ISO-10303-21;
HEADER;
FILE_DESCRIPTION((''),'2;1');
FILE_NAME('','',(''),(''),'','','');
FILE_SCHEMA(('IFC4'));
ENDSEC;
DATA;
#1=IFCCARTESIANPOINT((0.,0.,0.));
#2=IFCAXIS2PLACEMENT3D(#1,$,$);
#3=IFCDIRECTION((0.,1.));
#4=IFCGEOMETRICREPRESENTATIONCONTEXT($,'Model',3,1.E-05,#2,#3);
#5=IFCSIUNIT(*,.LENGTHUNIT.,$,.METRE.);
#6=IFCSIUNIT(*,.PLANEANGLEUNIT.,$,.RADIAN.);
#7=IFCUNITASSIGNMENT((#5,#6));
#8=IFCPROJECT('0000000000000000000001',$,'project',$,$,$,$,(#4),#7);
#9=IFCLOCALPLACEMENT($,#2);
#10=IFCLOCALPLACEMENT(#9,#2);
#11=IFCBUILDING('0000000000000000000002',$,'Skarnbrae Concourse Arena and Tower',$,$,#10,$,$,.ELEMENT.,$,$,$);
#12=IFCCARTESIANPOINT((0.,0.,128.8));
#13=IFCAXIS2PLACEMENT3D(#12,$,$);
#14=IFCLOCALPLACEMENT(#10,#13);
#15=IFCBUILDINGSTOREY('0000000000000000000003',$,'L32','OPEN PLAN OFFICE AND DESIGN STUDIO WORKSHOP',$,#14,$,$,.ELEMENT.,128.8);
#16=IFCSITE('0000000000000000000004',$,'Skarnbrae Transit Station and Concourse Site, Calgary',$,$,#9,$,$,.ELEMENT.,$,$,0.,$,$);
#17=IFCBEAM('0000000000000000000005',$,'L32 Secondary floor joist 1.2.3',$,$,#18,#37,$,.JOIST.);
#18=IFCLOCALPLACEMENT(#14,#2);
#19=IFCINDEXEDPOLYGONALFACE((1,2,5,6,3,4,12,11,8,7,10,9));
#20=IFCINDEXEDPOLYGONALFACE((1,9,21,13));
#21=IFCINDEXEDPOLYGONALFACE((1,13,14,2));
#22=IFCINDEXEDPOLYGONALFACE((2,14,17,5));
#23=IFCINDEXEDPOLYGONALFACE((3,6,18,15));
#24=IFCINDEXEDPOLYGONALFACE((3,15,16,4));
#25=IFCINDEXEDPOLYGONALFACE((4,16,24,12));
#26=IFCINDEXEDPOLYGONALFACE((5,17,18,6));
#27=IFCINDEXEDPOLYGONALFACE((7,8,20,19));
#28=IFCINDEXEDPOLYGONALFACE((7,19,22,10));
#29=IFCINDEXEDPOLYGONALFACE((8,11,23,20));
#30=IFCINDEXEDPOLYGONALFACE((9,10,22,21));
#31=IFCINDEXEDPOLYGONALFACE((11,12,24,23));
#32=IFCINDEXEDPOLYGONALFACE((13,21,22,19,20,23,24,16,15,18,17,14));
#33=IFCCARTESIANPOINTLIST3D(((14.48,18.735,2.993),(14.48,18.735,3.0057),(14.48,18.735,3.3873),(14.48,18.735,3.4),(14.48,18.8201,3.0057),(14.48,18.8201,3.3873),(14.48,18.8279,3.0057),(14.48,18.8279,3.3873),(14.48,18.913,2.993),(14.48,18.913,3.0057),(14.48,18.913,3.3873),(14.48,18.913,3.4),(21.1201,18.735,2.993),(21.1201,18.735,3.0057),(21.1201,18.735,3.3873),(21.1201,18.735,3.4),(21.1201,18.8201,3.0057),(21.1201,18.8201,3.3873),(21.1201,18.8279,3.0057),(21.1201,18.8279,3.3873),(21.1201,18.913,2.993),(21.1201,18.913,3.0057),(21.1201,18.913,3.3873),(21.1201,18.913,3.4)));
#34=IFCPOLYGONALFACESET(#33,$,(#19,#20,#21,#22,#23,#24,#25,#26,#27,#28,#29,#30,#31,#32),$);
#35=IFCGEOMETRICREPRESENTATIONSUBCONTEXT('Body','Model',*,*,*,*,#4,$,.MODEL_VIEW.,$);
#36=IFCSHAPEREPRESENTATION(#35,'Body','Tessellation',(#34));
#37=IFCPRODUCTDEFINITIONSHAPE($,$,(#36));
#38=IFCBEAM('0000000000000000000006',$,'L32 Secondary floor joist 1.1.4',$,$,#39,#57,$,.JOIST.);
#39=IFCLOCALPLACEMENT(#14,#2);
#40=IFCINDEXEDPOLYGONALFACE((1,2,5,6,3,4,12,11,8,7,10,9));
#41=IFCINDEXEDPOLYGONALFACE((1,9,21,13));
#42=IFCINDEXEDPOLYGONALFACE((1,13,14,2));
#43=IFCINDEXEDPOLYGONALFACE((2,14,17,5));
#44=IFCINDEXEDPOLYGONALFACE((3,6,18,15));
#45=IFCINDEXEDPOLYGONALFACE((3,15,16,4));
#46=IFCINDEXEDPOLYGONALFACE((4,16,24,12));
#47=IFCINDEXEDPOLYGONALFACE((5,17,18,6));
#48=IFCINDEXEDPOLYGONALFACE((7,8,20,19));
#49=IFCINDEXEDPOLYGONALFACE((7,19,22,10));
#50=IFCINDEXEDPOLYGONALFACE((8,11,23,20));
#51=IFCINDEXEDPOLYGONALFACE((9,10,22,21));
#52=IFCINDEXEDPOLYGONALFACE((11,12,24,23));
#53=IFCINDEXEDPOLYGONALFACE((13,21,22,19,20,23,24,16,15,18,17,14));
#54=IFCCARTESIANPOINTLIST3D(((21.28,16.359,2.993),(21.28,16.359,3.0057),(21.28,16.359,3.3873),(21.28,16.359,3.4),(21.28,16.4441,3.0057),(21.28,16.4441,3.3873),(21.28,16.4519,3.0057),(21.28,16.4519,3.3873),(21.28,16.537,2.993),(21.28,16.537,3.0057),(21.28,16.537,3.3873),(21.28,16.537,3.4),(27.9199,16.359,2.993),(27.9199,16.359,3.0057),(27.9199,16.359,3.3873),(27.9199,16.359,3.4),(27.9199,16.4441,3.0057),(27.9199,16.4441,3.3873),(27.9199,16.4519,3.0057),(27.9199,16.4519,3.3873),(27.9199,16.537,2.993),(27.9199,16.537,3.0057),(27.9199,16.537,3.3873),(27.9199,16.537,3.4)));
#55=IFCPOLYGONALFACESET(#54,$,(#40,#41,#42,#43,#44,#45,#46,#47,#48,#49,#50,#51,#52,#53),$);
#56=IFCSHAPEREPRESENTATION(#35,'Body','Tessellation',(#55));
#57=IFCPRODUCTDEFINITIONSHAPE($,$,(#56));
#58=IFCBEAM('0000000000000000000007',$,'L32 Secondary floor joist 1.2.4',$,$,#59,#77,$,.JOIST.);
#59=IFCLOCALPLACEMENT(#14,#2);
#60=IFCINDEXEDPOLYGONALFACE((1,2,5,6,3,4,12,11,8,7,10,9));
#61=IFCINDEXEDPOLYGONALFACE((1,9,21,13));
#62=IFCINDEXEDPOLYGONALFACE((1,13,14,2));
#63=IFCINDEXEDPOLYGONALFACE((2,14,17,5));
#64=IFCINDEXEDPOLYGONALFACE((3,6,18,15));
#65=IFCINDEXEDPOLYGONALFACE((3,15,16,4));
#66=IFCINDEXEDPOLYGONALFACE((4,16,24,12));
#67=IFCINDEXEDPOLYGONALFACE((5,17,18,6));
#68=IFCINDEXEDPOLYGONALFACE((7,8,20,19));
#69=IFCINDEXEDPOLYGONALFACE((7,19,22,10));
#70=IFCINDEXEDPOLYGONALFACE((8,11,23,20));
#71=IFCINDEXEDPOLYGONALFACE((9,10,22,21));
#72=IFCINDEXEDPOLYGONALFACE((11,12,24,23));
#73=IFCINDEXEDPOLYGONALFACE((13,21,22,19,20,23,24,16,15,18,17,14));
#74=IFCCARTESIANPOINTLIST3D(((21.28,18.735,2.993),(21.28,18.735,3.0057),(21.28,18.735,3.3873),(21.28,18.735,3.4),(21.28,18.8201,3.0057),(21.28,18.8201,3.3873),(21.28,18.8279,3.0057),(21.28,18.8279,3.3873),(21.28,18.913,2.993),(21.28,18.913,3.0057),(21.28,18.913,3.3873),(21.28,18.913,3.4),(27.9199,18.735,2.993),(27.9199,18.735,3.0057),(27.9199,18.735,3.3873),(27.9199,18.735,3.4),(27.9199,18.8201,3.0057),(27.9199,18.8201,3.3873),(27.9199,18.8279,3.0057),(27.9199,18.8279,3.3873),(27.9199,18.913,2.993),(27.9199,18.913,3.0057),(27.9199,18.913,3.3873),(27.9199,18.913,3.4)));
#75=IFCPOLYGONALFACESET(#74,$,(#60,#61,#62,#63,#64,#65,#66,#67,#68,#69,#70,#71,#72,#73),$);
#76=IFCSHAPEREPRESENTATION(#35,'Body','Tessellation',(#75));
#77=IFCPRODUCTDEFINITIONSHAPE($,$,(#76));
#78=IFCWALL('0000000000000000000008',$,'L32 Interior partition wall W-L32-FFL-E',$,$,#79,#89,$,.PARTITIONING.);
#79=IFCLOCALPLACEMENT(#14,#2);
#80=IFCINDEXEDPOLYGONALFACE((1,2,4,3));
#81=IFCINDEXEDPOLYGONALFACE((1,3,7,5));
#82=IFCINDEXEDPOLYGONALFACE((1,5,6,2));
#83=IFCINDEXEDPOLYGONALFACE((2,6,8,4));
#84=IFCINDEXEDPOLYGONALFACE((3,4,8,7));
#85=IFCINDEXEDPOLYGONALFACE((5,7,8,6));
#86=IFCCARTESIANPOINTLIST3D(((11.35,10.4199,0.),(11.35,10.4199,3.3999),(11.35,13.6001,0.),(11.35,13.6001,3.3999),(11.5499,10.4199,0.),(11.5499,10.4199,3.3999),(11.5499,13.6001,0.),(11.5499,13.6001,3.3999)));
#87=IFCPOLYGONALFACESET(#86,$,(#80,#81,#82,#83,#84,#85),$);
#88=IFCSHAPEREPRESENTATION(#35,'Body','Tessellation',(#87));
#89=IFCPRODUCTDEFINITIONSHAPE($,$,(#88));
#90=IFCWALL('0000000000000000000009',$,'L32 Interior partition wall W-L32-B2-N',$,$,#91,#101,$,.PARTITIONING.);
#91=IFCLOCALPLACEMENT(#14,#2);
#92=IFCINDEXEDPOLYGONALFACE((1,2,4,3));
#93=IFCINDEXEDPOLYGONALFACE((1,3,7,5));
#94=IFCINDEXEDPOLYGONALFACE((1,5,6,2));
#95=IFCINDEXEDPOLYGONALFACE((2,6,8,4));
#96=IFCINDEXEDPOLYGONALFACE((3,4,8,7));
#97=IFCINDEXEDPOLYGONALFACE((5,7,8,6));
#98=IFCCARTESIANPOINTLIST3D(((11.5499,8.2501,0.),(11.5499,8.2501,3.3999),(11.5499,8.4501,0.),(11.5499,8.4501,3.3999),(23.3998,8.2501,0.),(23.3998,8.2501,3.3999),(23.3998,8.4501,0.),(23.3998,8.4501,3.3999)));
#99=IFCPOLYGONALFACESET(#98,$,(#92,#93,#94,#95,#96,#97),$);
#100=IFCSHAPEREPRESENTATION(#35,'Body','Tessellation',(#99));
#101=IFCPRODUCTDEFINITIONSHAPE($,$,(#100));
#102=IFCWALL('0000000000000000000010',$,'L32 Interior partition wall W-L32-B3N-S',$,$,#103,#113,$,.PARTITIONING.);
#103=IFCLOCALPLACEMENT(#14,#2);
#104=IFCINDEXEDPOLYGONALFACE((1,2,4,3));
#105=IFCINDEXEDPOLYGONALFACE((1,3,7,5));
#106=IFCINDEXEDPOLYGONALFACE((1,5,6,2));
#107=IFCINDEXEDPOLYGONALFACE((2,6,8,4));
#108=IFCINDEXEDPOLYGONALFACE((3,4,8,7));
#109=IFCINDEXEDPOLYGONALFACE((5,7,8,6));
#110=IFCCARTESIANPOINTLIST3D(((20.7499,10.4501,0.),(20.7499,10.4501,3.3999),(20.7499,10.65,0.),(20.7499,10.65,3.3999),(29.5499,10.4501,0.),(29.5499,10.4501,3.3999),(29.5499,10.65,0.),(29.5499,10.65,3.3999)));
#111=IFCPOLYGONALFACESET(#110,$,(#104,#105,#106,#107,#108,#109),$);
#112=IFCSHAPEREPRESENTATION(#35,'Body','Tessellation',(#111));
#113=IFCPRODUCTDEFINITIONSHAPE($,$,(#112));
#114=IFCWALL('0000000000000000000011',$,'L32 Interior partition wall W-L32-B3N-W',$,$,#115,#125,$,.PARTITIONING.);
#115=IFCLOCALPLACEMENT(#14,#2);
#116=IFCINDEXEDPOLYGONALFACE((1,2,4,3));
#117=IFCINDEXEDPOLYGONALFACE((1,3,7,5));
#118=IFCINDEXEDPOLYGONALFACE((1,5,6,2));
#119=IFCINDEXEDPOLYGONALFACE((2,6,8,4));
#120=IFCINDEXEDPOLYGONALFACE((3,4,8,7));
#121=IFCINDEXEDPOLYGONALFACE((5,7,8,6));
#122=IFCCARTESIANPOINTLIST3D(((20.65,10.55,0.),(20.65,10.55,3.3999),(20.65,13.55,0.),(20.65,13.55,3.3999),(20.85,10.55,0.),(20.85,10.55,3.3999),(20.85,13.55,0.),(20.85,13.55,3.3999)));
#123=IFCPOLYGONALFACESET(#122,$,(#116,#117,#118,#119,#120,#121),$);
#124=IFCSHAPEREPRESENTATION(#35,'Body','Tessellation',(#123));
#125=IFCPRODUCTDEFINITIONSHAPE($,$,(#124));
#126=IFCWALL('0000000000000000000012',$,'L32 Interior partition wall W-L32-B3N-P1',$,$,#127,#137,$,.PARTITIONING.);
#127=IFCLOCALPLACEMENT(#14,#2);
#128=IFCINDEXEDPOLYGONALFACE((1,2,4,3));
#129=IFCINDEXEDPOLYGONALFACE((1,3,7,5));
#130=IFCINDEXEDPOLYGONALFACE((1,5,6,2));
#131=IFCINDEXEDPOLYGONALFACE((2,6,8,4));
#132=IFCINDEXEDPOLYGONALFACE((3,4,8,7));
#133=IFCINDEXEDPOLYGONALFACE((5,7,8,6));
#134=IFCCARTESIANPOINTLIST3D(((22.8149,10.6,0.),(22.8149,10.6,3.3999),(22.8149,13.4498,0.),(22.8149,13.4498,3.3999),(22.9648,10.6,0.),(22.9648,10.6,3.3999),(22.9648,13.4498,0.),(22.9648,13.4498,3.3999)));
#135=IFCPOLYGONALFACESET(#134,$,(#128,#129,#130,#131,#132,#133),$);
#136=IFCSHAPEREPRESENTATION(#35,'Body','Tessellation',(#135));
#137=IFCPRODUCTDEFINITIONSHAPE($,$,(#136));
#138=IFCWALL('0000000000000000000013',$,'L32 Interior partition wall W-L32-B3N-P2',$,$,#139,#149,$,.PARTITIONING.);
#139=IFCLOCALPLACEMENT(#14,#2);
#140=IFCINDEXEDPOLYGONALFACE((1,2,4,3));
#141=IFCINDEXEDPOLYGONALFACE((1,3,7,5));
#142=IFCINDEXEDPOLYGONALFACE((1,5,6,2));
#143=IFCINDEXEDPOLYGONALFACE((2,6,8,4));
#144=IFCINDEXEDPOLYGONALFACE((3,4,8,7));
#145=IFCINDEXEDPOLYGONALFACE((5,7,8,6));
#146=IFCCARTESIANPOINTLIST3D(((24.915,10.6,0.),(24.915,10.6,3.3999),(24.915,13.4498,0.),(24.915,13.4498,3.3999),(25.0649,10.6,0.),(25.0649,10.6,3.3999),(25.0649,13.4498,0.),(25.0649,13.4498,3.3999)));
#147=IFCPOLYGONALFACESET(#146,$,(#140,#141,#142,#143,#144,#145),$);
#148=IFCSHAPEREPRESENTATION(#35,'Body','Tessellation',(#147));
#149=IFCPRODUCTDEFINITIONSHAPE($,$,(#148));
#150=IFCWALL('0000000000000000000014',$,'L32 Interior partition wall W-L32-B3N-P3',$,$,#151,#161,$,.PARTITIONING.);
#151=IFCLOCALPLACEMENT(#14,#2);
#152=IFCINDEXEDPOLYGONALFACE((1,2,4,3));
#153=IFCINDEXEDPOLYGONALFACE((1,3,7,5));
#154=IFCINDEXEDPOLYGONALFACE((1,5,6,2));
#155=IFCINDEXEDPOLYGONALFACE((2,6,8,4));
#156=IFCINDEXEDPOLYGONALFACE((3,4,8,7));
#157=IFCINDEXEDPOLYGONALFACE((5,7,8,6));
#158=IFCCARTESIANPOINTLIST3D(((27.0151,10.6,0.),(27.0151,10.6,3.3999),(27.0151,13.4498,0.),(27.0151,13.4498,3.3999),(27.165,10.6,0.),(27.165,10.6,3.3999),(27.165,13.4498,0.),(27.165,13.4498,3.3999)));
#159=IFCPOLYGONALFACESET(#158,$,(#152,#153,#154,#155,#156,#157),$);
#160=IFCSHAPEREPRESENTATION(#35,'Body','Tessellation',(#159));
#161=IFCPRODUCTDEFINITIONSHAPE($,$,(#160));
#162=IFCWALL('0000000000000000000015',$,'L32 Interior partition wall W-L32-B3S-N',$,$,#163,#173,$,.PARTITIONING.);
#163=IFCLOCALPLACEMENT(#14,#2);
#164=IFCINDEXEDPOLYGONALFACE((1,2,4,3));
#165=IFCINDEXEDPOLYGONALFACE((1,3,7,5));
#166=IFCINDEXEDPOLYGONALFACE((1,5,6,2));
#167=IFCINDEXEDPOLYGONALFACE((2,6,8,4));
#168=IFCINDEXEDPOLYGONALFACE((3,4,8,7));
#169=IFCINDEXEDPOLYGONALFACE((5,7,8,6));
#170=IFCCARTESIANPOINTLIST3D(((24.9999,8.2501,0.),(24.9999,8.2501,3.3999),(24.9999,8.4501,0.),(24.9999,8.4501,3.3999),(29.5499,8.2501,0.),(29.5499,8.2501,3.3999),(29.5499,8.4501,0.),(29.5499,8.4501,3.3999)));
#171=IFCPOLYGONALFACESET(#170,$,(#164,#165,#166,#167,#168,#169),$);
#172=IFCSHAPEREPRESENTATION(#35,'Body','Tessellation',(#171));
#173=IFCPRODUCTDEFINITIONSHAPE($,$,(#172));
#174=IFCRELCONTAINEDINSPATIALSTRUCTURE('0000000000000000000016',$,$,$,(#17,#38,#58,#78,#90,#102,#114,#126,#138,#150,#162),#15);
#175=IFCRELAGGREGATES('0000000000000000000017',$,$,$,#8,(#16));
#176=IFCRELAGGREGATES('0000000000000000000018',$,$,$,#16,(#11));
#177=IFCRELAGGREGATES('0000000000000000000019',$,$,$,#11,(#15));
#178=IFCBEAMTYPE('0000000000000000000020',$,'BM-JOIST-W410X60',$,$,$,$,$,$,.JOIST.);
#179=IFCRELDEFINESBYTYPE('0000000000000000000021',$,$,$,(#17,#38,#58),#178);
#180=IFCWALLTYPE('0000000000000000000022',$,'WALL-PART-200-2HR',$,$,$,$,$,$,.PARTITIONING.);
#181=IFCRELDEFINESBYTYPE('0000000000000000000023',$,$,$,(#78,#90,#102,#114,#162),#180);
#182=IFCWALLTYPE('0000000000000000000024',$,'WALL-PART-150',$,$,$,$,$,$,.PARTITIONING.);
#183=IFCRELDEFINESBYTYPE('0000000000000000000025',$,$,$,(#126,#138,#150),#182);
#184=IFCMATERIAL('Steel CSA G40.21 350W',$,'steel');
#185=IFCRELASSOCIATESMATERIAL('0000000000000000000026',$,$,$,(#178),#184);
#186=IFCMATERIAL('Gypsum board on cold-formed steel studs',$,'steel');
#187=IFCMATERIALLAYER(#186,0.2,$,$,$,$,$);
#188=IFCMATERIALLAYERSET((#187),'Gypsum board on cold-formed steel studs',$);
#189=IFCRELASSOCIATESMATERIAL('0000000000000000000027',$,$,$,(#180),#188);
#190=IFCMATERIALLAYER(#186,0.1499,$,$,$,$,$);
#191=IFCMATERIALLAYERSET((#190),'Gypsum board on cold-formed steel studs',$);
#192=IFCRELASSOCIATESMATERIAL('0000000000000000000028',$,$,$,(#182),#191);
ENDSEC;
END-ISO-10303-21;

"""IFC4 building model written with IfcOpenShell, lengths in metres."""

from ifc_helpers import new_model, si_unit, direction, frame, frame_2d, origin, origin_2d, place, context, subcontext, project, spatial, rectangle, i_section, extrude, source, transform, mapped, material, layer, layer_set, material_profile, profile_set, type_object, element, save


model = new_model("IFC4")

# Units and contexts
model_context = context("Model", 3, precision=1e-05, world=origin(), true_north=direction((0.0, 1.0)))
body_context = subcontext(model_context, "Body", "Model", "MODEL_VIEW")
ifc_project = project(units=[si_unit("LENGTHUNIT", "METRE"), si_unit("PLANEANGLEUNIT", "RADIAN")], contexts=[model_context])

# Site, building, storey
site_placement = place(None, origin())
site = spatial("IfcSite", under=ifc_project, at=site_placement, Name="Skarnbrae Transit Station and Concourse Site, Calgary", CompositionType="ELEMENT", RefElevation=0.0)
building_placement = place(site_placement, origin())
building = spatial("IfcBuilding", under=site, at=building_placement, Name="Skarnbrae Concourse Arena and Tower", CompositionType="ELEMENT")
storey_placement = place(building_placement, frame((0.0, 0.0, 128.8)))
storey = spatial("IfcBuildingStorey", under=building, at=storey_placement, Name="L32", Description="OPEN PLAN OFFICE AND DESIGN STUDIO WORKSHOP", CompositionType="ELEMENT", Elevation=128.8)

# Shared definitions
ifc_material_1 = material(Name="Steel CSA G40.21 350W", Category="steel")

# Beams
ifc_material_profile_1 = material_profile(ifc_material_1, i_section(OverallWidth=0.178, OverallDepth=0.407, WebThickness=0.0078, FlangeThickness=0.0127, at=origin_2d()), Name="W410X60")
ifc_profile_set_1 = profile_set([ifc_material_profile_1], Name="Steel CSA G40.21 350W")
beam_type_1 = type_object("IfcBeamType", Name="BM-JOIST-W410X60", PredefinedType="JOIST", material=ifc_profile_set_1)
shared_shape_1 = source(origin(), body_context, "Body", "SweptSolid", [
    extrude(i_section(OverallWidth=0.178, OverallDepth=0.407, WebThickness=0.0078, FlangeThickness=0.0127, at=origin_2d()), origin(), (0.0, 0.0, 1.0), 6.6401),
])
for number, where, z_axis, x_axis, name in (
    (1, (14.48, 18.824, 3.1965), (1.0, 0.0, 0.0), (0.0, 1.0, 0.0), "L32 Secondary floor joist 1.2.3"),
):
    element("IfcBeam", number, at=place(storey_placement, frame(where, z_axis=z_axis, x_axis=x_axis)), inside=storey, type_object=beam_type_1, Name=name, PredefinedType="JOIST", context=body_context, shape_type="MappedRepresentation", body=[
        mapped(shared_shape_1, transform((0.0, 0.0, 0.0))),
    ])
shared_shape_2 = source(origin(), body_context, "Body", "SweptSolid", [
    extrude(i_section(OverallWidth=0.178, OverallDepth=0.407, WebThickness=0.0078, FlangeThickness=0.0127, at=origin_2d()), origin(), (0.0, 0.0, 1.0), 6.6399),
])
for number, where, z_axis, x_axis, name in (
    (2, (21.28, 16.448, 3.1965), (1.0, 0.0, 0.0), (0.0, 1.0, 0.0), "L32 Secondary floor joist 1.1.4"),
    (3, (21.28, 18.824, 3.1965), (1.0, 0.0, 0.0), (0.0, 1.0, 0.0), "L32 Secondary floor joist 1.2.4"),
):
    element("IfcBeam", number, at=place(storey_placement, frame(where, z_axis=z_axis, x_axis=x_axis)), inside=storey, type_object=beam_type_1, Name=name, PredefinedType="JOIST", context=body_context, shape_type="MappedRepresentation", body=[
        mapped(shared_shape_2, transform((0.0, 0.0, 0.0))),
    ])

# Wall
ifc_material_2 = material(Name="Gypsum board on cold-formed steel studs", Category="steel")
ifc_layer_1 = layer(ifc_material_2, 0.2)
ifc_layer_set_1 = layer_set([ifc_layer_1], Name="Gypsum board on cold-formed steel studs")
wall_type_1 = type_object("IfcWallType", Name="WALL-PART-200-2HR", PredefinedType="PARTITIONING", material=ifc_layer_set_1)
shared_shape_3 = source(origin(), body_context, "Body", "SweptSolid", [
    extrude(rectangle(XDim=3.1802, YDim=0.2, at=frame_2d((1.5901, 0.0))), origin(), (0.0, 0.0, 1.0), 3.3999),
])
wall_1_placement = place(storey_placement, frame((11.45, 10.4199, 0.0), z_axis=(0.0, 0.0, 1.0), x_axis=(0.0, 1.0, 0.0)))
element("IfcWall", 4, at=wall_1_placement, inside=storey, type_object=wall_type_1, Name="L32 Interior partition wall W-L32-FFL-E", PredefinedType="PARTITIONING", context=body_context, shape_type="MappedRepresentation", body=[
    mapped(shared_shape_3, transform((0.0, 0.0, 0.0))),
])

# Walls
shared_shape_4 = source(origin(), body_context, "Body", "SweptSolid", [
    extrude(rectangle(XDim=11.8499, YDim=0.2, at=frame_2d((5.9248, 0.0))), origin(), (0.0, 0.0, 1.0), 3.3999),
])
wall_2_placement = place(storey_placement, frame((11.55, 8.3501, 0.0), z_axis=(0.0, 0.0, 1.0), x_axis=(1.0, 0.0, 0.0)))
element("IfcWall", 5, at=wall_2_placement, inside=storey, type_object=wall_type_1, Name="L32 Interior partition wall W-L32-B2-N", PredefinedType="PARTITIONING", context=body_context, shape_type="MappedRepresentation", body=[
    mapped(shared_shape_4, transform((0.0, 0.0, 0.0))),
])
shared_shape_5 = source(origin(), body_context, "Body", "SweptSolid", [
    extrude(rectangle(XDim=8.8, YDim=0.2, at=frame_2d((4.3999, 0.0))), origin(), (0.0, 0.0, 1.0), 3.3999),
])
wall_3_placement = place(storey_placement, frame((20.75, 10.55, 0.0), z_axis=(0.0, 0.0, 1.0), x_axis=(1.0, 0.0, 0.0)))
element("IfcWall", 6, at=wall_3_placement, inside=storey, type_object=wall_type_1, Name="L32 Interior partition wall W-L32-B3N-S", PredefinedType="PARTITIONING", context=body_context, shape_type="MappedRepresentation", body=[
    mapped(shared_shape_5, transform((0.0, 0.0, 0.0))),
])
shared_shape_6 = source(origin(), body_context, "Body", "SweptSolid", [
    extrude(rectangle(XDim=3.0, YDim=0.2, at=frame_2d((1.5, 0.0))), origin(), (0.0, 0.0, 1.0), 3.3999),
])
wall_4_placement = place(storey_placement, frame((20.75, 10.55, 0.0), z_axis=(0.0, 0.0, 1.0), x_axis=(0.0, 1.0, 0.0)))
element("IfcWall", 7, at=wall_4_placement, inside=storey, type_object=wall_type_1, Name="L32 Interior partition wall W-L32-B3N-W", PredefinedType="PARTITIONING", context=body_context, shape_type="MappedRepresentation", body=[
    mapped(shared_shape_6, transform((0.0, 0.0, 0.0))),
])
ifc_layer_2 = layer(ifc_material_2, 0.1499)
ifc_layer_set_2 = layer_set([ifc_layer_2], Name="Gypsum board on cold-formed steel studs")
wall_type_2 = type_object("IfcWallType", Name="WALL-PART-150", PredefinedType="PARTITIONING", material=ifc_layer_set_2)
shared_shape_7 = source(origin(), body_context, "Body", "SweptSolid", [
    extrude(rectangle(XDim=2.8499, YDim=0.1499, at=frame_2d((1.4248, 0.0))), origin(), (0.0, 0.0, 1.0), 3.3999),
])
for number, where, z_axis, x_axis, name in (
    (8, (22.8899, 10.6001, 0.0), (0.0, 0.0, 1.0), (0.0, 1.0, 0.0), "L32 Interior partition wall W-L32-B3N-P1"),
    (9, (24.99, 10.6001, 0.0), (0.0, 0.0, 1.0), (0.0, 1.0, 0.0), "L32 Interior partition wall W-L32-B3N-P2"),
    (10, (27.0901, 10.6001, 0.0), (0.0, 0.0, 1.0), (0.0, 1.0, 0.0), "L32 Interior partition wall W-L32-B3N-P3"),
):
    element("IfcWall", number, at=place(storey_placement, frame(where, z_axis=z_axis, x_axis=x_axis)), inside=storey, type_object=wall_type_2, Name=name, PredefinedType="PARTITIONING", context=body_context, shape_type="MappedRepresentation", body=[
        mapped(shared_shape_7, transform((0.0, 0.0, 0.0))),
    ])
shared_shape_8 = source(origin(), body_context, "Body", "SweptSolid", [
    extrude(rectangle(XDim=4.55, YDim=0.2, at=frame_2d((2.2749, 0.0))), origin(), (0.0, 0.0, 1.0), 3.3999),
])
wall_5_placement = place(storey_placement, frame((25.0, 8.3501, 0.0), z_axis=(0.0, 0.0, 1.0), x_axis=(1.0, 0.0, 0.0)))
element("IfcWall", 11, at=wall_5_placement, inside=storey, type_object=wall_type_1, Name="L32 Interior partition wall W-L32-B3S-N", PredefinedType="PARTITIONING", context=body_context, shape_type="MappedRepresentation", body=[
    mapped(shared_shape_8, transform((0.0, 0.0, 0.0))),
])

save(model, "model.ifc")
